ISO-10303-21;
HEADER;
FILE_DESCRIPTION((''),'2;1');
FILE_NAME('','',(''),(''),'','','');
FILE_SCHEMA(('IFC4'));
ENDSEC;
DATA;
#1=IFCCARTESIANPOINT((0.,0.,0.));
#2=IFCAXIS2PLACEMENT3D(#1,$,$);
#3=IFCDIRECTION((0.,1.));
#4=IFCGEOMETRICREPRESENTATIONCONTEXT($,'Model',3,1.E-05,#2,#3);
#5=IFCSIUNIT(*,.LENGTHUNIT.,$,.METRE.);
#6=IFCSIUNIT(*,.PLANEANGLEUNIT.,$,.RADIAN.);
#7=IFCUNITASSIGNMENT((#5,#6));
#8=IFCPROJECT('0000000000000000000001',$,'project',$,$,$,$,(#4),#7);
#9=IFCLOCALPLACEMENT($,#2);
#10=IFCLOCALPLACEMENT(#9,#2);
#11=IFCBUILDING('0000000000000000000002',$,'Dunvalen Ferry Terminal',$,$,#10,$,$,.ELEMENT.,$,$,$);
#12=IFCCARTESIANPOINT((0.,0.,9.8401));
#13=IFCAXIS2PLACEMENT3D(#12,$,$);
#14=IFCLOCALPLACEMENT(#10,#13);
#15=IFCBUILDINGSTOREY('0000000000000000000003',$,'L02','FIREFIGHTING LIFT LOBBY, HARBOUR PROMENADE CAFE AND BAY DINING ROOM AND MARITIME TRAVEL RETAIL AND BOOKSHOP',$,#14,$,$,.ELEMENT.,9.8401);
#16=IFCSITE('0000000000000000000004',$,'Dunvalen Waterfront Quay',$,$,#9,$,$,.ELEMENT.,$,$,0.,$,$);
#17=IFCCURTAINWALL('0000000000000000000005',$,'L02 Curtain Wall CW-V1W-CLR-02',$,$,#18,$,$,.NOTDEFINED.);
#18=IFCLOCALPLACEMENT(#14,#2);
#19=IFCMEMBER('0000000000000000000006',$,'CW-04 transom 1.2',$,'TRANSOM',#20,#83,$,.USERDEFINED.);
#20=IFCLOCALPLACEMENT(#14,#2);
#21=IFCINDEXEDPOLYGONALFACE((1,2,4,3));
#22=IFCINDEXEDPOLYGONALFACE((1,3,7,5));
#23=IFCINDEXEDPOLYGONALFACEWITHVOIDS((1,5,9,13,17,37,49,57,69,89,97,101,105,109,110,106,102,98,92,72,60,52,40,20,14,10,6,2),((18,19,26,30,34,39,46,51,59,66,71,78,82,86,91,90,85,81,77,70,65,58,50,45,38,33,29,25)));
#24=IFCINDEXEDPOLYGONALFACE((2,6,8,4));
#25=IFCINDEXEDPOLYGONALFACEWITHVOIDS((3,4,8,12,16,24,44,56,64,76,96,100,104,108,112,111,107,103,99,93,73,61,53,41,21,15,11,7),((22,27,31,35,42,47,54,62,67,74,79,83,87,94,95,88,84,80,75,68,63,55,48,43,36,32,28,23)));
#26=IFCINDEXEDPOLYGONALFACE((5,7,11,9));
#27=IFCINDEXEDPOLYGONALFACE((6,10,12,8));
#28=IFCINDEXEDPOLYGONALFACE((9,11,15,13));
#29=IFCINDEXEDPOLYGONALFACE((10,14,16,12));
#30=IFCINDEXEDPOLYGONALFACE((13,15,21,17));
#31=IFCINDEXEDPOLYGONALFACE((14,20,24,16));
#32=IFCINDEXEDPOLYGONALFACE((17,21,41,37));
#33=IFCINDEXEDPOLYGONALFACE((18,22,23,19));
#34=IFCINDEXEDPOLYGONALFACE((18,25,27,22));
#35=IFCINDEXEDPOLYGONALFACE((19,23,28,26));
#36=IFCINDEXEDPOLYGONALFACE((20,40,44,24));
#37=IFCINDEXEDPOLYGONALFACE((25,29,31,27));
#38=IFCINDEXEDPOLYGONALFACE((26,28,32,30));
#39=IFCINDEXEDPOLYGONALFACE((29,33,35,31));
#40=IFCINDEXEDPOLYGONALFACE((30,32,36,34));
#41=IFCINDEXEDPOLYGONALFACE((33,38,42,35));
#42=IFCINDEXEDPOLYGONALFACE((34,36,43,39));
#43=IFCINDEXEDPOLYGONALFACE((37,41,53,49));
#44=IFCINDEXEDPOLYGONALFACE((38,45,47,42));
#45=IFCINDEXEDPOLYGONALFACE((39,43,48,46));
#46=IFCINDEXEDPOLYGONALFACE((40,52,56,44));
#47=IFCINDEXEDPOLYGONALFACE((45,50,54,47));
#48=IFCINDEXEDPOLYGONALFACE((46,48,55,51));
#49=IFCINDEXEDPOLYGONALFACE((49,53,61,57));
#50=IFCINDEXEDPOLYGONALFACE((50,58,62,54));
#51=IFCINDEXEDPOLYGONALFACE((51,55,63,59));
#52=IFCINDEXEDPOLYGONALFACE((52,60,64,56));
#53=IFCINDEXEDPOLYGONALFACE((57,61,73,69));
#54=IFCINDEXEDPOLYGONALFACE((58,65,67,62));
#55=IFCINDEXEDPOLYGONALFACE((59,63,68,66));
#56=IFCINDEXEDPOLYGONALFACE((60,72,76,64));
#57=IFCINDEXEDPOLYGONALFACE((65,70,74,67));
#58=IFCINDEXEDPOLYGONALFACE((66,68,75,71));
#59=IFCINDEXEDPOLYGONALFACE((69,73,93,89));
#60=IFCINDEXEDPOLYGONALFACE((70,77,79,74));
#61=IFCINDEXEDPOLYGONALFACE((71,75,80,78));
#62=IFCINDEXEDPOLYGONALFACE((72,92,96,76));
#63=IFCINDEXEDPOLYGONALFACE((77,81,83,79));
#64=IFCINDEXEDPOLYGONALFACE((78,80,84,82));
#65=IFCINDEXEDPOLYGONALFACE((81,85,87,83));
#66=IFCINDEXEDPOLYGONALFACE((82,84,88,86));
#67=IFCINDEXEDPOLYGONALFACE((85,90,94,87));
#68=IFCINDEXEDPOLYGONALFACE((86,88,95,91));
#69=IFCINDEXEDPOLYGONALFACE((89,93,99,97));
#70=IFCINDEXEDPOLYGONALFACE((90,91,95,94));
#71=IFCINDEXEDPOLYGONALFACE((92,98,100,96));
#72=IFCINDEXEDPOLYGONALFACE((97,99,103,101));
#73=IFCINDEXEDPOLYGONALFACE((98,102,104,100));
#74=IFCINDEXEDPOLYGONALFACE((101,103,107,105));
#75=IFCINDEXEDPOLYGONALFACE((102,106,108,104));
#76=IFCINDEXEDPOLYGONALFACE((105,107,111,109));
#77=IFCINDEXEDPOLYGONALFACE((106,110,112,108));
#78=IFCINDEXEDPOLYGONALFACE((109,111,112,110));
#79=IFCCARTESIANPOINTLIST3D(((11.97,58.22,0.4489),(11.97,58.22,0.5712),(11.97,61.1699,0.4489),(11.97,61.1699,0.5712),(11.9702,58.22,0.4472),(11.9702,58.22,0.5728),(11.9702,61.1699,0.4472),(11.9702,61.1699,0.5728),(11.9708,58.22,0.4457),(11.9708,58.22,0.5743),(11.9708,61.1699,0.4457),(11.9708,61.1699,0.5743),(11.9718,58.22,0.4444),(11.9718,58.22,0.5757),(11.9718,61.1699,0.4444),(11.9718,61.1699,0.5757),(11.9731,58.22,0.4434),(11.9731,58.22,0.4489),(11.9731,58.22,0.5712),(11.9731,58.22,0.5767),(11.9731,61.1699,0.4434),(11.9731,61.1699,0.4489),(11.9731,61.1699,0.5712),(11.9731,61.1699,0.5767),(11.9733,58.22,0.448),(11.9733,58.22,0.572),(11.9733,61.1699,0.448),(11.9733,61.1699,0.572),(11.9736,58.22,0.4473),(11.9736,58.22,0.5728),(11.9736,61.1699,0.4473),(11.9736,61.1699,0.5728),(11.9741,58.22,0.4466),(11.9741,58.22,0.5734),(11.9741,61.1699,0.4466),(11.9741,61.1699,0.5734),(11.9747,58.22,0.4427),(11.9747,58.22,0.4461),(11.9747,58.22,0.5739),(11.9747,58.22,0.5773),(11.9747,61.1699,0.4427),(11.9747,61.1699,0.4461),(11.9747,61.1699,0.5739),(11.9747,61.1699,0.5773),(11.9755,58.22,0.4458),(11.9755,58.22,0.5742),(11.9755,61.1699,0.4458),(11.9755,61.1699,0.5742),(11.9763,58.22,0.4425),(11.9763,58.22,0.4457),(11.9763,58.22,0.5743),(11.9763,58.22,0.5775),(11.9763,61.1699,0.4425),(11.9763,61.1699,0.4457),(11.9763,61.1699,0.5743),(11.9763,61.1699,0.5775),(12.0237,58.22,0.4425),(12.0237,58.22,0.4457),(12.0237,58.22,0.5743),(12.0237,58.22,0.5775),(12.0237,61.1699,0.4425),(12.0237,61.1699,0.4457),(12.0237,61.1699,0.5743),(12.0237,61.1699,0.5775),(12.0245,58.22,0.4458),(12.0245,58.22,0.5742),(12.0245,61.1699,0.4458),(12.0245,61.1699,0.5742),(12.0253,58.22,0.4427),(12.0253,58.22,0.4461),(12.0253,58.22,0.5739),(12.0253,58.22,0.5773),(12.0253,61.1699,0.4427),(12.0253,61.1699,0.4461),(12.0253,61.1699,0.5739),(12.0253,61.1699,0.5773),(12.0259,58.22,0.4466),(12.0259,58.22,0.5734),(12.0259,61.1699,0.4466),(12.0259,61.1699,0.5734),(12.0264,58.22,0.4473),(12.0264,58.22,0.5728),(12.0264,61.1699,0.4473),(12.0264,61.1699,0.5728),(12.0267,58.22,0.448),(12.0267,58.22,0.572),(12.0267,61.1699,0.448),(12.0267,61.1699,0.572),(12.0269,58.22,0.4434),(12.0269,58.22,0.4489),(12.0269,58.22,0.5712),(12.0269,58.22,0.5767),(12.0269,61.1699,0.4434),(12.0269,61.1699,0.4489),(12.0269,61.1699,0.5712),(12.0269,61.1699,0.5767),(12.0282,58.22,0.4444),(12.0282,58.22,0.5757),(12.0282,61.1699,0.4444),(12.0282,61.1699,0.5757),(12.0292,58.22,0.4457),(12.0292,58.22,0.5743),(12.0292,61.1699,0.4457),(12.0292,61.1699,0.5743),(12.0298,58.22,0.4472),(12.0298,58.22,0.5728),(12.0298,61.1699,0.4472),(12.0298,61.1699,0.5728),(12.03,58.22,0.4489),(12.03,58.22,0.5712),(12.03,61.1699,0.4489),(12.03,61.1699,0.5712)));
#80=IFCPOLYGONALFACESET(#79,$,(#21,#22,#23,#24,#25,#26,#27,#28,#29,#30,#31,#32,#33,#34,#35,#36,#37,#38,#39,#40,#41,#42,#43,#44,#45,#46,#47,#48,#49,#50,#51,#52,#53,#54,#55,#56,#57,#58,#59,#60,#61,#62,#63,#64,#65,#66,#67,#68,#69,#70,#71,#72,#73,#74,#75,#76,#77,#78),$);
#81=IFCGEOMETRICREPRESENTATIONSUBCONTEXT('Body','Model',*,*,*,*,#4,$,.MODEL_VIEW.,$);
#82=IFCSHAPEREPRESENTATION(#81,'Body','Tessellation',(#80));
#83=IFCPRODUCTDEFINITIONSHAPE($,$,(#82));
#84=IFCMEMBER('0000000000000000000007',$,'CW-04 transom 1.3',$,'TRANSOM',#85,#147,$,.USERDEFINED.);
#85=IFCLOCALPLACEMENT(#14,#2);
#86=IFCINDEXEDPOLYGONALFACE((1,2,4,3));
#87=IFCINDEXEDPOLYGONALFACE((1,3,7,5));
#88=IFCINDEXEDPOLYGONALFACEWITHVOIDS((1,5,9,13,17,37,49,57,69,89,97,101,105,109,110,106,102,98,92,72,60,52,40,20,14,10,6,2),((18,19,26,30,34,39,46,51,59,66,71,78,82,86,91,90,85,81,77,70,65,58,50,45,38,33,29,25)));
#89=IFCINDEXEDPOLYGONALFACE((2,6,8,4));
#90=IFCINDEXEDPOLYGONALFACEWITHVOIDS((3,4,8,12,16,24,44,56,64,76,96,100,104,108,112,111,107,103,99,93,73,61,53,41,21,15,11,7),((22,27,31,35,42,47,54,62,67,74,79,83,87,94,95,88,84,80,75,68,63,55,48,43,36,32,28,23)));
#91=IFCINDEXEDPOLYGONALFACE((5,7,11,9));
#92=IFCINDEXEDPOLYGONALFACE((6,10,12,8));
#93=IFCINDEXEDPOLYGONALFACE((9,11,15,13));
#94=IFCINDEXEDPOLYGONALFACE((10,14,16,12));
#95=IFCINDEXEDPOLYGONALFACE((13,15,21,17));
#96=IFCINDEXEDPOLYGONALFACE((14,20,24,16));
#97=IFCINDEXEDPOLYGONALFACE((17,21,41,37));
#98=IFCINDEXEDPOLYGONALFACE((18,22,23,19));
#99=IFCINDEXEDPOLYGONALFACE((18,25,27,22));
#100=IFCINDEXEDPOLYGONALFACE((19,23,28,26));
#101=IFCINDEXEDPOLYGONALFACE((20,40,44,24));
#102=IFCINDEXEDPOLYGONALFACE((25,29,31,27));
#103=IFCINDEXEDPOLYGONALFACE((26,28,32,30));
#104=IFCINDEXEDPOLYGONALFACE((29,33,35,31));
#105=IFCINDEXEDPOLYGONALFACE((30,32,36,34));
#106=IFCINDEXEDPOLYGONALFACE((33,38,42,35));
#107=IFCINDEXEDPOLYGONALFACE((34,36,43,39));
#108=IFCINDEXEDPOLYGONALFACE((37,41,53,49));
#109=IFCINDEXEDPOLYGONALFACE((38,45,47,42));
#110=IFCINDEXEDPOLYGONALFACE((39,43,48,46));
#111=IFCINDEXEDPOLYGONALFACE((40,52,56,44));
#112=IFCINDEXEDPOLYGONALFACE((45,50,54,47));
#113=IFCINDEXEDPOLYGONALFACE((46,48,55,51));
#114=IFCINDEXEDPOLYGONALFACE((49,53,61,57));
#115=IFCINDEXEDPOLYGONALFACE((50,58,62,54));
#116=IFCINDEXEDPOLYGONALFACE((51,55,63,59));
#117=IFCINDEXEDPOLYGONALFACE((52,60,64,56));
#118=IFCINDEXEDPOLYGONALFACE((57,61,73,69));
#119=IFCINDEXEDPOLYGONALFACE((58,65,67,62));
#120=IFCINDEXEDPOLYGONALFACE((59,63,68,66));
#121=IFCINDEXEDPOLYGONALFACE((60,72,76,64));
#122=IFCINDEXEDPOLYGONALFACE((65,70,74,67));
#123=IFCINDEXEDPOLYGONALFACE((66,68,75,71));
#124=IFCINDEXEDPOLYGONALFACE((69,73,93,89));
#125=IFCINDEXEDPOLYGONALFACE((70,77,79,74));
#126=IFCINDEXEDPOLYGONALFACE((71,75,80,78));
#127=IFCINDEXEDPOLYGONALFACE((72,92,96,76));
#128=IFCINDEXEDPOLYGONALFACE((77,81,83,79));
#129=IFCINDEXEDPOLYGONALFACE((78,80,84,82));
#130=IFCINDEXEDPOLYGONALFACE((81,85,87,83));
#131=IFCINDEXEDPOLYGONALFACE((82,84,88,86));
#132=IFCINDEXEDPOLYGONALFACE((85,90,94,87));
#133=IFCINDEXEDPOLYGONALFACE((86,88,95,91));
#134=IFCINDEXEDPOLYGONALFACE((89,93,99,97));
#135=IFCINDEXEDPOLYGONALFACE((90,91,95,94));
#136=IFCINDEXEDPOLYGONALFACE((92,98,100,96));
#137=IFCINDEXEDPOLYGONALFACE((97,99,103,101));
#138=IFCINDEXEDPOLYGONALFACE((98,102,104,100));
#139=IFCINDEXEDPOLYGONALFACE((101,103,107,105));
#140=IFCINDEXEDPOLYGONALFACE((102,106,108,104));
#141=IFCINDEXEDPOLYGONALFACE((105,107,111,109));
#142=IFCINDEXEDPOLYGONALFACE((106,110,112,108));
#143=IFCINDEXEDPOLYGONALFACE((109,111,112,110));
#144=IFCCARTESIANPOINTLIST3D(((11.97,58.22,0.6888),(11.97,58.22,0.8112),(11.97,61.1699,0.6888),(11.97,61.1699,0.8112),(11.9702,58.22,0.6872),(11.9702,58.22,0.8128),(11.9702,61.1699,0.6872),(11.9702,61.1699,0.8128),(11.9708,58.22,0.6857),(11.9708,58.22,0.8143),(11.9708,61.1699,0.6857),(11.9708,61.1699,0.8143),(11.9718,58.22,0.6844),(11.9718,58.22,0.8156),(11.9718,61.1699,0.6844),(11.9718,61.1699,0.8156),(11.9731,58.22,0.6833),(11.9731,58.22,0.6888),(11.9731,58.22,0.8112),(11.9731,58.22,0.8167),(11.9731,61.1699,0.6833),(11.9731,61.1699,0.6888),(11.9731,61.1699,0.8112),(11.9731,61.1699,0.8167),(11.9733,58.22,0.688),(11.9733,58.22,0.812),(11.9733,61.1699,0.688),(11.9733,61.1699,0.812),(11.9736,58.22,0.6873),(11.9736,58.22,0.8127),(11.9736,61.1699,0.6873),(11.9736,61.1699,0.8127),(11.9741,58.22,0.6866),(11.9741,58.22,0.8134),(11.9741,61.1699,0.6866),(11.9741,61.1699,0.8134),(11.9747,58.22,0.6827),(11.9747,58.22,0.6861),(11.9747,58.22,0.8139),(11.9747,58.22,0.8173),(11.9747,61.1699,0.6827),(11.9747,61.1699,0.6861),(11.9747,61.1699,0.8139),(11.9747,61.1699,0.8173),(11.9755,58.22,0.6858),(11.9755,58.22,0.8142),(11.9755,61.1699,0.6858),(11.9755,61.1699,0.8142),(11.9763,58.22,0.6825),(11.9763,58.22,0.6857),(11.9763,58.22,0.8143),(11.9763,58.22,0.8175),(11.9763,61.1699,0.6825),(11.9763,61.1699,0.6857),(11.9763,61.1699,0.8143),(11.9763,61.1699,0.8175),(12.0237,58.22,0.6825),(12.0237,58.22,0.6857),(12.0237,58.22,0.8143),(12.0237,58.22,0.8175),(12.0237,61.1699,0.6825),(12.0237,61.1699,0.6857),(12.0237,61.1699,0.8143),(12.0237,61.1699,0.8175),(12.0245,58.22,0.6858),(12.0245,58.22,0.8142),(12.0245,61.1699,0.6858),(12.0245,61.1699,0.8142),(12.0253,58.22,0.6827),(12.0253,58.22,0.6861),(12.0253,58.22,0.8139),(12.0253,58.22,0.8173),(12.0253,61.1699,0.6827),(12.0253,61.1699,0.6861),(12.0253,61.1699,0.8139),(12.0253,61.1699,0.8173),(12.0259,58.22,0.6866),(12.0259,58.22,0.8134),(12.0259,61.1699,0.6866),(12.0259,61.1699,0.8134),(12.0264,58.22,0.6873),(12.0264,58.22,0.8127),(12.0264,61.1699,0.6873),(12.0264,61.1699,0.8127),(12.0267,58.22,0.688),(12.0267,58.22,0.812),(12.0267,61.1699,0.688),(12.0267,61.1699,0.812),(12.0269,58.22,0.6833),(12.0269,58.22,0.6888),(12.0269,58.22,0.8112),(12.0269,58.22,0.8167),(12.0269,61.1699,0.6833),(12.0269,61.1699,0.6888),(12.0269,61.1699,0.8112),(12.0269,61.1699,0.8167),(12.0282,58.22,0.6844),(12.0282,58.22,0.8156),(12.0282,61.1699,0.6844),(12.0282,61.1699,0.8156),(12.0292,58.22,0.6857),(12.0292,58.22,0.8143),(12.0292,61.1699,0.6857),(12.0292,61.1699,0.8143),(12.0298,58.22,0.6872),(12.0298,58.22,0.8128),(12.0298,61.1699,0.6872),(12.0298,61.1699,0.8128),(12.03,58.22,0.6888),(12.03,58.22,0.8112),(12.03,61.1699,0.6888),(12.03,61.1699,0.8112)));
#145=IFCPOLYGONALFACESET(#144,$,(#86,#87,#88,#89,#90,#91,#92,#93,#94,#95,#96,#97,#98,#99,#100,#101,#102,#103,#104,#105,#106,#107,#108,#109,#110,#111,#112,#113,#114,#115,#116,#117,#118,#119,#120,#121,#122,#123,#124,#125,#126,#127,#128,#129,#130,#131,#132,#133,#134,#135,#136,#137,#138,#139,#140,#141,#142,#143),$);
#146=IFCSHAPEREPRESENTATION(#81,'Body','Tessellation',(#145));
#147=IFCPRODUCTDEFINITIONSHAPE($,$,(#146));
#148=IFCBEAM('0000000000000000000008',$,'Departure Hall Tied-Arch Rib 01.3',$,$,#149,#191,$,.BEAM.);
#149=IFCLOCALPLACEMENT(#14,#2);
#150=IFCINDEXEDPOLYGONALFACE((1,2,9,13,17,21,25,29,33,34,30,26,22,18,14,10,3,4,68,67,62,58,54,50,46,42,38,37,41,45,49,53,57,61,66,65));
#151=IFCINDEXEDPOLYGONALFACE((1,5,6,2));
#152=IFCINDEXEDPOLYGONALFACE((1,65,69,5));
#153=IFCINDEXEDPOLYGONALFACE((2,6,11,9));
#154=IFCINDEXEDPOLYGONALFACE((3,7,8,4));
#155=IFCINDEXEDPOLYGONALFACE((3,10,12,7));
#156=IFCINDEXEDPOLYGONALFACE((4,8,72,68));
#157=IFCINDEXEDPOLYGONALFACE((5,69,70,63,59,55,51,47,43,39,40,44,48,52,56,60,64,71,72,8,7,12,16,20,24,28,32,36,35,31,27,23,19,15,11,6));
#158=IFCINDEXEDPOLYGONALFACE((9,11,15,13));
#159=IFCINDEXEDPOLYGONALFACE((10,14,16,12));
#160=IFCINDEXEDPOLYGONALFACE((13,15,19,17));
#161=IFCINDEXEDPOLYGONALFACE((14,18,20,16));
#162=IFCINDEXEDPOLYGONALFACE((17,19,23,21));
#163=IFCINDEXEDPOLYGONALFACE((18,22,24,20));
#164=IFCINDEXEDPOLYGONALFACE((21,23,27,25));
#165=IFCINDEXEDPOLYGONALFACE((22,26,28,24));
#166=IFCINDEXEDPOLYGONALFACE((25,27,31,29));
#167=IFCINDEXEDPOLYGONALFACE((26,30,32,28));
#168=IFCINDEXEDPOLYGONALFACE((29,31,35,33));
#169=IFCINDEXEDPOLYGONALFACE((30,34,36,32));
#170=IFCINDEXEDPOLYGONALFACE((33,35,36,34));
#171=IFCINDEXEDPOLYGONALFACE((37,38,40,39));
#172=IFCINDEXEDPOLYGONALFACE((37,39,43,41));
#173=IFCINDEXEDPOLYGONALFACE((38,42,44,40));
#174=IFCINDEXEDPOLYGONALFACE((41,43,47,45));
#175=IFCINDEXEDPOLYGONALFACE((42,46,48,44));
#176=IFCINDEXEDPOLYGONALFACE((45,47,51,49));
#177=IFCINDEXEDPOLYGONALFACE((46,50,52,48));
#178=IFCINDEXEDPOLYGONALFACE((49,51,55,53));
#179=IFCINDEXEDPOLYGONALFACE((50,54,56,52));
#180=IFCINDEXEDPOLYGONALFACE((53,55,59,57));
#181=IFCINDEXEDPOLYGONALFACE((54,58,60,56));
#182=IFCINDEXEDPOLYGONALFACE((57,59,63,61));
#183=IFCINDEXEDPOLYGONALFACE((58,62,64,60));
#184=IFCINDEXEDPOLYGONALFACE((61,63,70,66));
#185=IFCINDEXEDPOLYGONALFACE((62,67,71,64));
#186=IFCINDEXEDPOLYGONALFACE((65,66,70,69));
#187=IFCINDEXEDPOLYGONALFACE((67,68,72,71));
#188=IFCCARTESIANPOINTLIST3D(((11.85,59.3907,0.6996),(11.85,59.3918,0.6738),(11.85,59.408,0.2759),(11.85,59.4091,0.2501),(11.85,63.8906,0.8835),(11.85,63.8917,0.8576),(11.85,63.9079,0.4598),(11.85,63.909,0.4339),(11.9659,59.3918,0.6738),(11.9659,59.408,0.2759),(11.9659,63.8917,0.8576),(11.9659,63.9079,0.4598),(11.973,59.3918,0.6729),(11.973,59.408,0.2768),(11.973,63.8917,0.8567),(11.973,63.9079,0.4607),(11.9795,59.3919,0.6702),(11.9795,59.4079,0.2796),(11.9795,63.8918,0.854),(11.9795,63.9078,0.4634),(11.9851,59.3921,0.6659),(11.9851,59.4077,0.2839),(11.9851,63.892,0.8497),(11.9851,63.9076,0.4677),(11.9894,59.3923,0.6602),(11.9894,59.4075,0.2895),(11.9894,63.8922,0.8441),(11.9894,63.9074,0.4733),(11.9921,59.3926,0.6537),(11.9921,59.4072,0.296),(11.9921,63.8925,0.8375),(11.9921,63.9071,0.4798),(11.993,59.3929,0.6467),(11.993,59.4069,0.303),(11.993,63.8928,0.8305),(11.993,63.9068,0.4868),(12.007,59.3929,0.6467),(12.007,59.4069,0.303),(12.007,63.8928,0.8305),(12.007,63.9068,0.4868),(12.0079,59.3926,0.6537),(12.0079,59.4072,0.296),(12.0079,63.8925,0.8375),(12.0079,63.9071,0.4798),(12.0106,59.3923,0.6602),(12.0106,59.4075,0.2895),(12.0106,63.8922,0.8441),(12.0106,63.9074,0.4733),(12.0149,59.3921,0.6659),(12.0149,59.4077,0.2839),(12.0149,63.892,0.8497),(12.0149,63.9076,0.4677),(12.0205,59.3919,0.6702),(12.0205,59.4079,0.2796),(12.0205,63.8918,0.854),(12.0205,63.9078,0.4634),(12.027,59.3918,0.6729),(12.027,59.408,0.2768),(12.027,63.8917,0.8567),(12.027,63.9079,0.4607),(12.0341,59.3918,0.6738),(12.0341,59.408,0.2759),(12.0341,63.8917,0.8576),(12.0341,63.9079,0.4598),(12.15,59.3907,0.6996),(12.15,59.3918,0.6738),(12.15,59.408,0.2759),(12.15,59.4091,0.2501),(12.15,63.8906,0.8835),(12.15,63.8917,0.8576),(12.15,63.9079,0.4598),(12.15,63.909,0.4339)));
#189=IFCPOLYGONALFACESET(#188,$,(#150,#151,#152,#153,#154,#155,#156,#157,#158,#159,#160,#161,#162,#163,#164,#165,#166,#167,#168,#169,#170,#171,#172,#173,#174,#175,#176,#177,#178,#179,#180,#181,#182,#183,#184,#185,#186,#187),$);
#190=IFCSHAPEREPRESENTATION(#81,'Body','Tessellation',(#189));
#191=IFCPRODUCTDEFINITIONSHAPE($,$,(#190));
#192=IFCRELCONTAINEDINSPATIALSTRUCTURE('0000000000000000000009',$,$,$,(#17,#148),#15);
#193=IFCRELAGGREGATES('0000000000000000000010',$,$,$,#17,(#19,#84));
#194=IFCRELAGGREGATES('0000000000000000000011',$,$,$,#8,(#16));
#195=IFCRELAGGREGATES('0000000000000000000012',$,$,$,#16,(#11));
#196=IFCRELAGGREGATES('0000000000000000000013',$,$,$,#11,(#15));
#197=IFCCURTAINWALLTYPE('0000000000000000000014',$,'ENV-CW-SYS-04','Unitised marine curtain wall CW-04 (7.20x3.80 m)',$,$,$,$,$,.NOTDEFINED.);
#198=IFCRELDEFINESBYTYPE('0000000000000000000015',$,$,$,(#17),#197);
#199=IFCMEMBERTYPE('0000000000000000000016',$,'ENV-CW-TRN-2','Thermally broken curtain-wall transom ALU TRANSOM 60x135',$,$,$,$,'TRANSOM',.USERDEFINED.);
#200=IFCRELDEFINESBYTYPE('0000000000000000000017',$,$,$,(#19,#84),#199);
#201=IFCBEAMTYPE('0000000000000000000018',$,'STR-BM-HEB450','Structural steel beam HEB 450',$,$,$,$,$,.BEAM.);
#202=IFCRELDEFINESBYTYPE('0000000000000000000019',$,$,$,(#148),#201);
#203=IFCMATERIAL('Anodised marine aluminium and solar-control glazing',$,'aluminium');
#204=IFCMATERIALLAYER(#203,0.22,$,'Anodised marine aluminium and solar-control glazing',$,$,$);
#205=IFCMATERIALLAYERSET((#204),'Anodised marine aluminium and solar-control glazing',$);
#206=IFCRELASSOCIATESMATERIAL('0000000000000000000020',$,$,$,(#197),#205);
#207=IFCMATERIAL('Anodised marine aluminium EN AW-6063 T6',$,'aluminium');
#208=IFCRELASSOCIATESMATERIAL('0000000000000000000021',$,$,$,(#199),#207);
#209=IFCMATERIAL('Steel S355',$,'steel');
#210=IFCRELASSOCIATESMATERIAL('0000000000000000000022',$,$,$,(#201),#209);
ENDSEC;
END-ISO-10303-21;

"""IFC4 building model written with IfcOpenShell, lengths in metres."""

from ifc_helpers import new_model, si_unit, direction, frame, origin, origin_2d, place, context, subcontext, project, spatial, hollow_rectangle, i_section, extrude, material, layer, layer_set, material_profile, profile_set, type_object, element, aggregate, save


model = new_model("IFC4")

# Units and contexts
model_context = context("Model", 3, precision=1e-05, world=origin(), true_north=direction((0.0, 1.0)))
body_context = subcontext(model_context, "Body", "Model", "MODEL_VIEW")
ifc_project = project(units=[si_unit("LENGTHUNIT", "METRE"), si_unit("PLANEANGLEUNIT", "RADIAN")], contexts=[model_context])

# Site, building, storey
site_placement = place(None, origin())
site = spatial("IfcSite", under=ifc_project, at=site_placement, Name="Dunvalen Waterfront Quay", CompositionType="ELEMENT", RefElevation=0.0)
building_placement = place(site_placement, origin())
building = spatial("IfcBuilding", under=site, at=building_placement, Name="Dunvalen Ferry Terminal", CompositionType="ELEMENT")
storey_placement = place(building_placement, frame((0.0, 0.0, 9.8401)))
storey = spatial("IfcBuildingStorey", under=building, at=storey_placement, Name="L02", Description="FIREFIGHTING LIFT LOBBY, HARBOUR PROMENADE CAFE AND BAY DINING ROOM AND MARITIME TRAVEL RETAIL AND BOOKSHOP", CompositionType="ELEMENT", Elevation=9.8401)

# Curtain wall
ifc_material_1 = material(Name="Anodised marine aluminium and solar-control glazing", Category="aluminium")
ifc_layer_1 = layer(ifc_material_1, 0.22, Name="Anodised marine aluminium and solar-control glazing")
ifc_layer_set_1 = layer_set([ifc_layer_1], Name="Anodised marine aluminium and solar-control glazing")
curtain_wall_type = type_object("IfcCurtainWallType", Name="ENV-CW-SYS-04", Description="Unitised marine curtain wall CW-04 (7.20x3.80 m)", PredefinedType="NOTDEFINED", material=ifc_layer_set_1)
ifc_material_2 = material(Name="Anodised marine aluminium EN AW-6063 T6", Category="aluminium")
curtain_wall_1_placement = place(storey_placement, origin())
curtain_wall_1 = element("IfcCurtainWall", 1, at=curtain_wall_1_placement, inside=storey, type_object=curtain_wall_type, Name="L02 Curtain Wall CW-V1W-CLR-02", PredefinedType="NOTDEFINED")

# Members
ifc_material_profile_1 = material_profile(ifc_material_2, hollow_rectangle(XDim=0.0601, YDim=0.135, WallThickness=0.0032, InnerFilletRadius=0.0032, OuterFilletRadius=0.0063, at=origin_2d()), Name="Anodised marine aluminium EN AW-6063 T6")
ifc_profile_set_1 = profile_set([ifc_material_profile_1], Name="Anodised marine aluminium EN AW-6063 T6")
member_type_1 = type_object("IfcMemberType", Name="ENV-CW-TRN-2", Description="Thermally broken curtain-wall transom ALU TRANSOM 60x135", ElementType="TRANSOM", PredefinedType="USERDEFINED", material=ifc_profile_set_1)
member_1_placement = place(storey_placement, frame((12.0, 58.22, 0.51), z_axis=(0.0, 1.0, 0.0), x_axis=(-1.0, 0.0, 0.0)))
member_1 = element("IfcMember", 2, at=member_1_placement, type_object=member_type_1, Name="CW-04 transom 1.2", ObjectType="TRANSOM", PredefinedType="USERDEFINED", context=body_context, shape_type="SweptSolid", body=[
    extrude(hollow_rectangle(XDim=0.0601, YDim=0.135, WallThickness=0.0032, InnerFilletRadius=0.0032, OuterFilletRadius=0.0063, at=origin_2d()), origin(), (0.0, 0.0, 1.0), 2.95),
])
member_2_placement = place(storey_placement, frame((12.0, 58.22, 0.75), z_axis=(0.0, 1.0, 0.0), x_axis=(-1.0, 0.0, 0.0)))
member_2 = element("IfcMember", 3, at=member_2_placement, type_object=member_type_1, Name="CW-04 transom 1.3", ObjectType="TRANSOM", PredefinedType="USERDEFINED", context=body_context, shape_type="SweptSolid", body=[
    extrude(hollow_rectangle(XDim=0.0601, YDim=0.135, WallThickness=0.0032, InnerFilletRadius=0.0032, OuterFilletRadius=0.0063, at=origin_2d()), origin(), (0.0, 0.0, 1.0), 2.95),
])
aggregate(curtain_wall_1, [member_1, member_2])

# Beam
ifc_material_3 = material(Name="Steel S355", Category="steel")
ifc_material_profile_2 = material_profile(ifc_material_3, i_section(OverallWidth=0.3, OverallDepth=0.45, WebThickness=0.0139, FlangeThickness=0.0259, FilletRadius=0.0271, at=origin_2d()), Name="Steel S355")
ifc_profile_set_2 = profile_set([ifc_material_profile_2], Name="Steel S355")
beam_type_1 = type_object("IfcBeamType", Name="STR-BM-HEB450", Description="Structural steel beam HEB 450", PredefinedType="BEAM", material=ifc_profile_set_2)
beam_1_placement = place(storey_placement, frame((12.0, 59.3999, 0.4749), z_axis=(0.0, 0.999167, 0.040819), x_axis=(-1.0, 0.0, 0.0)))
element("IfcBeam", 4, at=beam_1_placement, inside=storey, type_object=beam_type_1, Name="Departure Hall Tied-Arch Rib 01.3", PredefinedType="BEAM", context=body_context, shape_type="SweptSolid", body=[
    extrude(i_section(OverallWidth=0.3, OverallDepth=0.45, WebThickness=0.0139, FlangeThickness=0.0259, FilletRadius=0.0271, at=origin_2d()), origin(), (0.0, 0.0, 1.0), 4.5037),
])

save(model, "model.ifc")
